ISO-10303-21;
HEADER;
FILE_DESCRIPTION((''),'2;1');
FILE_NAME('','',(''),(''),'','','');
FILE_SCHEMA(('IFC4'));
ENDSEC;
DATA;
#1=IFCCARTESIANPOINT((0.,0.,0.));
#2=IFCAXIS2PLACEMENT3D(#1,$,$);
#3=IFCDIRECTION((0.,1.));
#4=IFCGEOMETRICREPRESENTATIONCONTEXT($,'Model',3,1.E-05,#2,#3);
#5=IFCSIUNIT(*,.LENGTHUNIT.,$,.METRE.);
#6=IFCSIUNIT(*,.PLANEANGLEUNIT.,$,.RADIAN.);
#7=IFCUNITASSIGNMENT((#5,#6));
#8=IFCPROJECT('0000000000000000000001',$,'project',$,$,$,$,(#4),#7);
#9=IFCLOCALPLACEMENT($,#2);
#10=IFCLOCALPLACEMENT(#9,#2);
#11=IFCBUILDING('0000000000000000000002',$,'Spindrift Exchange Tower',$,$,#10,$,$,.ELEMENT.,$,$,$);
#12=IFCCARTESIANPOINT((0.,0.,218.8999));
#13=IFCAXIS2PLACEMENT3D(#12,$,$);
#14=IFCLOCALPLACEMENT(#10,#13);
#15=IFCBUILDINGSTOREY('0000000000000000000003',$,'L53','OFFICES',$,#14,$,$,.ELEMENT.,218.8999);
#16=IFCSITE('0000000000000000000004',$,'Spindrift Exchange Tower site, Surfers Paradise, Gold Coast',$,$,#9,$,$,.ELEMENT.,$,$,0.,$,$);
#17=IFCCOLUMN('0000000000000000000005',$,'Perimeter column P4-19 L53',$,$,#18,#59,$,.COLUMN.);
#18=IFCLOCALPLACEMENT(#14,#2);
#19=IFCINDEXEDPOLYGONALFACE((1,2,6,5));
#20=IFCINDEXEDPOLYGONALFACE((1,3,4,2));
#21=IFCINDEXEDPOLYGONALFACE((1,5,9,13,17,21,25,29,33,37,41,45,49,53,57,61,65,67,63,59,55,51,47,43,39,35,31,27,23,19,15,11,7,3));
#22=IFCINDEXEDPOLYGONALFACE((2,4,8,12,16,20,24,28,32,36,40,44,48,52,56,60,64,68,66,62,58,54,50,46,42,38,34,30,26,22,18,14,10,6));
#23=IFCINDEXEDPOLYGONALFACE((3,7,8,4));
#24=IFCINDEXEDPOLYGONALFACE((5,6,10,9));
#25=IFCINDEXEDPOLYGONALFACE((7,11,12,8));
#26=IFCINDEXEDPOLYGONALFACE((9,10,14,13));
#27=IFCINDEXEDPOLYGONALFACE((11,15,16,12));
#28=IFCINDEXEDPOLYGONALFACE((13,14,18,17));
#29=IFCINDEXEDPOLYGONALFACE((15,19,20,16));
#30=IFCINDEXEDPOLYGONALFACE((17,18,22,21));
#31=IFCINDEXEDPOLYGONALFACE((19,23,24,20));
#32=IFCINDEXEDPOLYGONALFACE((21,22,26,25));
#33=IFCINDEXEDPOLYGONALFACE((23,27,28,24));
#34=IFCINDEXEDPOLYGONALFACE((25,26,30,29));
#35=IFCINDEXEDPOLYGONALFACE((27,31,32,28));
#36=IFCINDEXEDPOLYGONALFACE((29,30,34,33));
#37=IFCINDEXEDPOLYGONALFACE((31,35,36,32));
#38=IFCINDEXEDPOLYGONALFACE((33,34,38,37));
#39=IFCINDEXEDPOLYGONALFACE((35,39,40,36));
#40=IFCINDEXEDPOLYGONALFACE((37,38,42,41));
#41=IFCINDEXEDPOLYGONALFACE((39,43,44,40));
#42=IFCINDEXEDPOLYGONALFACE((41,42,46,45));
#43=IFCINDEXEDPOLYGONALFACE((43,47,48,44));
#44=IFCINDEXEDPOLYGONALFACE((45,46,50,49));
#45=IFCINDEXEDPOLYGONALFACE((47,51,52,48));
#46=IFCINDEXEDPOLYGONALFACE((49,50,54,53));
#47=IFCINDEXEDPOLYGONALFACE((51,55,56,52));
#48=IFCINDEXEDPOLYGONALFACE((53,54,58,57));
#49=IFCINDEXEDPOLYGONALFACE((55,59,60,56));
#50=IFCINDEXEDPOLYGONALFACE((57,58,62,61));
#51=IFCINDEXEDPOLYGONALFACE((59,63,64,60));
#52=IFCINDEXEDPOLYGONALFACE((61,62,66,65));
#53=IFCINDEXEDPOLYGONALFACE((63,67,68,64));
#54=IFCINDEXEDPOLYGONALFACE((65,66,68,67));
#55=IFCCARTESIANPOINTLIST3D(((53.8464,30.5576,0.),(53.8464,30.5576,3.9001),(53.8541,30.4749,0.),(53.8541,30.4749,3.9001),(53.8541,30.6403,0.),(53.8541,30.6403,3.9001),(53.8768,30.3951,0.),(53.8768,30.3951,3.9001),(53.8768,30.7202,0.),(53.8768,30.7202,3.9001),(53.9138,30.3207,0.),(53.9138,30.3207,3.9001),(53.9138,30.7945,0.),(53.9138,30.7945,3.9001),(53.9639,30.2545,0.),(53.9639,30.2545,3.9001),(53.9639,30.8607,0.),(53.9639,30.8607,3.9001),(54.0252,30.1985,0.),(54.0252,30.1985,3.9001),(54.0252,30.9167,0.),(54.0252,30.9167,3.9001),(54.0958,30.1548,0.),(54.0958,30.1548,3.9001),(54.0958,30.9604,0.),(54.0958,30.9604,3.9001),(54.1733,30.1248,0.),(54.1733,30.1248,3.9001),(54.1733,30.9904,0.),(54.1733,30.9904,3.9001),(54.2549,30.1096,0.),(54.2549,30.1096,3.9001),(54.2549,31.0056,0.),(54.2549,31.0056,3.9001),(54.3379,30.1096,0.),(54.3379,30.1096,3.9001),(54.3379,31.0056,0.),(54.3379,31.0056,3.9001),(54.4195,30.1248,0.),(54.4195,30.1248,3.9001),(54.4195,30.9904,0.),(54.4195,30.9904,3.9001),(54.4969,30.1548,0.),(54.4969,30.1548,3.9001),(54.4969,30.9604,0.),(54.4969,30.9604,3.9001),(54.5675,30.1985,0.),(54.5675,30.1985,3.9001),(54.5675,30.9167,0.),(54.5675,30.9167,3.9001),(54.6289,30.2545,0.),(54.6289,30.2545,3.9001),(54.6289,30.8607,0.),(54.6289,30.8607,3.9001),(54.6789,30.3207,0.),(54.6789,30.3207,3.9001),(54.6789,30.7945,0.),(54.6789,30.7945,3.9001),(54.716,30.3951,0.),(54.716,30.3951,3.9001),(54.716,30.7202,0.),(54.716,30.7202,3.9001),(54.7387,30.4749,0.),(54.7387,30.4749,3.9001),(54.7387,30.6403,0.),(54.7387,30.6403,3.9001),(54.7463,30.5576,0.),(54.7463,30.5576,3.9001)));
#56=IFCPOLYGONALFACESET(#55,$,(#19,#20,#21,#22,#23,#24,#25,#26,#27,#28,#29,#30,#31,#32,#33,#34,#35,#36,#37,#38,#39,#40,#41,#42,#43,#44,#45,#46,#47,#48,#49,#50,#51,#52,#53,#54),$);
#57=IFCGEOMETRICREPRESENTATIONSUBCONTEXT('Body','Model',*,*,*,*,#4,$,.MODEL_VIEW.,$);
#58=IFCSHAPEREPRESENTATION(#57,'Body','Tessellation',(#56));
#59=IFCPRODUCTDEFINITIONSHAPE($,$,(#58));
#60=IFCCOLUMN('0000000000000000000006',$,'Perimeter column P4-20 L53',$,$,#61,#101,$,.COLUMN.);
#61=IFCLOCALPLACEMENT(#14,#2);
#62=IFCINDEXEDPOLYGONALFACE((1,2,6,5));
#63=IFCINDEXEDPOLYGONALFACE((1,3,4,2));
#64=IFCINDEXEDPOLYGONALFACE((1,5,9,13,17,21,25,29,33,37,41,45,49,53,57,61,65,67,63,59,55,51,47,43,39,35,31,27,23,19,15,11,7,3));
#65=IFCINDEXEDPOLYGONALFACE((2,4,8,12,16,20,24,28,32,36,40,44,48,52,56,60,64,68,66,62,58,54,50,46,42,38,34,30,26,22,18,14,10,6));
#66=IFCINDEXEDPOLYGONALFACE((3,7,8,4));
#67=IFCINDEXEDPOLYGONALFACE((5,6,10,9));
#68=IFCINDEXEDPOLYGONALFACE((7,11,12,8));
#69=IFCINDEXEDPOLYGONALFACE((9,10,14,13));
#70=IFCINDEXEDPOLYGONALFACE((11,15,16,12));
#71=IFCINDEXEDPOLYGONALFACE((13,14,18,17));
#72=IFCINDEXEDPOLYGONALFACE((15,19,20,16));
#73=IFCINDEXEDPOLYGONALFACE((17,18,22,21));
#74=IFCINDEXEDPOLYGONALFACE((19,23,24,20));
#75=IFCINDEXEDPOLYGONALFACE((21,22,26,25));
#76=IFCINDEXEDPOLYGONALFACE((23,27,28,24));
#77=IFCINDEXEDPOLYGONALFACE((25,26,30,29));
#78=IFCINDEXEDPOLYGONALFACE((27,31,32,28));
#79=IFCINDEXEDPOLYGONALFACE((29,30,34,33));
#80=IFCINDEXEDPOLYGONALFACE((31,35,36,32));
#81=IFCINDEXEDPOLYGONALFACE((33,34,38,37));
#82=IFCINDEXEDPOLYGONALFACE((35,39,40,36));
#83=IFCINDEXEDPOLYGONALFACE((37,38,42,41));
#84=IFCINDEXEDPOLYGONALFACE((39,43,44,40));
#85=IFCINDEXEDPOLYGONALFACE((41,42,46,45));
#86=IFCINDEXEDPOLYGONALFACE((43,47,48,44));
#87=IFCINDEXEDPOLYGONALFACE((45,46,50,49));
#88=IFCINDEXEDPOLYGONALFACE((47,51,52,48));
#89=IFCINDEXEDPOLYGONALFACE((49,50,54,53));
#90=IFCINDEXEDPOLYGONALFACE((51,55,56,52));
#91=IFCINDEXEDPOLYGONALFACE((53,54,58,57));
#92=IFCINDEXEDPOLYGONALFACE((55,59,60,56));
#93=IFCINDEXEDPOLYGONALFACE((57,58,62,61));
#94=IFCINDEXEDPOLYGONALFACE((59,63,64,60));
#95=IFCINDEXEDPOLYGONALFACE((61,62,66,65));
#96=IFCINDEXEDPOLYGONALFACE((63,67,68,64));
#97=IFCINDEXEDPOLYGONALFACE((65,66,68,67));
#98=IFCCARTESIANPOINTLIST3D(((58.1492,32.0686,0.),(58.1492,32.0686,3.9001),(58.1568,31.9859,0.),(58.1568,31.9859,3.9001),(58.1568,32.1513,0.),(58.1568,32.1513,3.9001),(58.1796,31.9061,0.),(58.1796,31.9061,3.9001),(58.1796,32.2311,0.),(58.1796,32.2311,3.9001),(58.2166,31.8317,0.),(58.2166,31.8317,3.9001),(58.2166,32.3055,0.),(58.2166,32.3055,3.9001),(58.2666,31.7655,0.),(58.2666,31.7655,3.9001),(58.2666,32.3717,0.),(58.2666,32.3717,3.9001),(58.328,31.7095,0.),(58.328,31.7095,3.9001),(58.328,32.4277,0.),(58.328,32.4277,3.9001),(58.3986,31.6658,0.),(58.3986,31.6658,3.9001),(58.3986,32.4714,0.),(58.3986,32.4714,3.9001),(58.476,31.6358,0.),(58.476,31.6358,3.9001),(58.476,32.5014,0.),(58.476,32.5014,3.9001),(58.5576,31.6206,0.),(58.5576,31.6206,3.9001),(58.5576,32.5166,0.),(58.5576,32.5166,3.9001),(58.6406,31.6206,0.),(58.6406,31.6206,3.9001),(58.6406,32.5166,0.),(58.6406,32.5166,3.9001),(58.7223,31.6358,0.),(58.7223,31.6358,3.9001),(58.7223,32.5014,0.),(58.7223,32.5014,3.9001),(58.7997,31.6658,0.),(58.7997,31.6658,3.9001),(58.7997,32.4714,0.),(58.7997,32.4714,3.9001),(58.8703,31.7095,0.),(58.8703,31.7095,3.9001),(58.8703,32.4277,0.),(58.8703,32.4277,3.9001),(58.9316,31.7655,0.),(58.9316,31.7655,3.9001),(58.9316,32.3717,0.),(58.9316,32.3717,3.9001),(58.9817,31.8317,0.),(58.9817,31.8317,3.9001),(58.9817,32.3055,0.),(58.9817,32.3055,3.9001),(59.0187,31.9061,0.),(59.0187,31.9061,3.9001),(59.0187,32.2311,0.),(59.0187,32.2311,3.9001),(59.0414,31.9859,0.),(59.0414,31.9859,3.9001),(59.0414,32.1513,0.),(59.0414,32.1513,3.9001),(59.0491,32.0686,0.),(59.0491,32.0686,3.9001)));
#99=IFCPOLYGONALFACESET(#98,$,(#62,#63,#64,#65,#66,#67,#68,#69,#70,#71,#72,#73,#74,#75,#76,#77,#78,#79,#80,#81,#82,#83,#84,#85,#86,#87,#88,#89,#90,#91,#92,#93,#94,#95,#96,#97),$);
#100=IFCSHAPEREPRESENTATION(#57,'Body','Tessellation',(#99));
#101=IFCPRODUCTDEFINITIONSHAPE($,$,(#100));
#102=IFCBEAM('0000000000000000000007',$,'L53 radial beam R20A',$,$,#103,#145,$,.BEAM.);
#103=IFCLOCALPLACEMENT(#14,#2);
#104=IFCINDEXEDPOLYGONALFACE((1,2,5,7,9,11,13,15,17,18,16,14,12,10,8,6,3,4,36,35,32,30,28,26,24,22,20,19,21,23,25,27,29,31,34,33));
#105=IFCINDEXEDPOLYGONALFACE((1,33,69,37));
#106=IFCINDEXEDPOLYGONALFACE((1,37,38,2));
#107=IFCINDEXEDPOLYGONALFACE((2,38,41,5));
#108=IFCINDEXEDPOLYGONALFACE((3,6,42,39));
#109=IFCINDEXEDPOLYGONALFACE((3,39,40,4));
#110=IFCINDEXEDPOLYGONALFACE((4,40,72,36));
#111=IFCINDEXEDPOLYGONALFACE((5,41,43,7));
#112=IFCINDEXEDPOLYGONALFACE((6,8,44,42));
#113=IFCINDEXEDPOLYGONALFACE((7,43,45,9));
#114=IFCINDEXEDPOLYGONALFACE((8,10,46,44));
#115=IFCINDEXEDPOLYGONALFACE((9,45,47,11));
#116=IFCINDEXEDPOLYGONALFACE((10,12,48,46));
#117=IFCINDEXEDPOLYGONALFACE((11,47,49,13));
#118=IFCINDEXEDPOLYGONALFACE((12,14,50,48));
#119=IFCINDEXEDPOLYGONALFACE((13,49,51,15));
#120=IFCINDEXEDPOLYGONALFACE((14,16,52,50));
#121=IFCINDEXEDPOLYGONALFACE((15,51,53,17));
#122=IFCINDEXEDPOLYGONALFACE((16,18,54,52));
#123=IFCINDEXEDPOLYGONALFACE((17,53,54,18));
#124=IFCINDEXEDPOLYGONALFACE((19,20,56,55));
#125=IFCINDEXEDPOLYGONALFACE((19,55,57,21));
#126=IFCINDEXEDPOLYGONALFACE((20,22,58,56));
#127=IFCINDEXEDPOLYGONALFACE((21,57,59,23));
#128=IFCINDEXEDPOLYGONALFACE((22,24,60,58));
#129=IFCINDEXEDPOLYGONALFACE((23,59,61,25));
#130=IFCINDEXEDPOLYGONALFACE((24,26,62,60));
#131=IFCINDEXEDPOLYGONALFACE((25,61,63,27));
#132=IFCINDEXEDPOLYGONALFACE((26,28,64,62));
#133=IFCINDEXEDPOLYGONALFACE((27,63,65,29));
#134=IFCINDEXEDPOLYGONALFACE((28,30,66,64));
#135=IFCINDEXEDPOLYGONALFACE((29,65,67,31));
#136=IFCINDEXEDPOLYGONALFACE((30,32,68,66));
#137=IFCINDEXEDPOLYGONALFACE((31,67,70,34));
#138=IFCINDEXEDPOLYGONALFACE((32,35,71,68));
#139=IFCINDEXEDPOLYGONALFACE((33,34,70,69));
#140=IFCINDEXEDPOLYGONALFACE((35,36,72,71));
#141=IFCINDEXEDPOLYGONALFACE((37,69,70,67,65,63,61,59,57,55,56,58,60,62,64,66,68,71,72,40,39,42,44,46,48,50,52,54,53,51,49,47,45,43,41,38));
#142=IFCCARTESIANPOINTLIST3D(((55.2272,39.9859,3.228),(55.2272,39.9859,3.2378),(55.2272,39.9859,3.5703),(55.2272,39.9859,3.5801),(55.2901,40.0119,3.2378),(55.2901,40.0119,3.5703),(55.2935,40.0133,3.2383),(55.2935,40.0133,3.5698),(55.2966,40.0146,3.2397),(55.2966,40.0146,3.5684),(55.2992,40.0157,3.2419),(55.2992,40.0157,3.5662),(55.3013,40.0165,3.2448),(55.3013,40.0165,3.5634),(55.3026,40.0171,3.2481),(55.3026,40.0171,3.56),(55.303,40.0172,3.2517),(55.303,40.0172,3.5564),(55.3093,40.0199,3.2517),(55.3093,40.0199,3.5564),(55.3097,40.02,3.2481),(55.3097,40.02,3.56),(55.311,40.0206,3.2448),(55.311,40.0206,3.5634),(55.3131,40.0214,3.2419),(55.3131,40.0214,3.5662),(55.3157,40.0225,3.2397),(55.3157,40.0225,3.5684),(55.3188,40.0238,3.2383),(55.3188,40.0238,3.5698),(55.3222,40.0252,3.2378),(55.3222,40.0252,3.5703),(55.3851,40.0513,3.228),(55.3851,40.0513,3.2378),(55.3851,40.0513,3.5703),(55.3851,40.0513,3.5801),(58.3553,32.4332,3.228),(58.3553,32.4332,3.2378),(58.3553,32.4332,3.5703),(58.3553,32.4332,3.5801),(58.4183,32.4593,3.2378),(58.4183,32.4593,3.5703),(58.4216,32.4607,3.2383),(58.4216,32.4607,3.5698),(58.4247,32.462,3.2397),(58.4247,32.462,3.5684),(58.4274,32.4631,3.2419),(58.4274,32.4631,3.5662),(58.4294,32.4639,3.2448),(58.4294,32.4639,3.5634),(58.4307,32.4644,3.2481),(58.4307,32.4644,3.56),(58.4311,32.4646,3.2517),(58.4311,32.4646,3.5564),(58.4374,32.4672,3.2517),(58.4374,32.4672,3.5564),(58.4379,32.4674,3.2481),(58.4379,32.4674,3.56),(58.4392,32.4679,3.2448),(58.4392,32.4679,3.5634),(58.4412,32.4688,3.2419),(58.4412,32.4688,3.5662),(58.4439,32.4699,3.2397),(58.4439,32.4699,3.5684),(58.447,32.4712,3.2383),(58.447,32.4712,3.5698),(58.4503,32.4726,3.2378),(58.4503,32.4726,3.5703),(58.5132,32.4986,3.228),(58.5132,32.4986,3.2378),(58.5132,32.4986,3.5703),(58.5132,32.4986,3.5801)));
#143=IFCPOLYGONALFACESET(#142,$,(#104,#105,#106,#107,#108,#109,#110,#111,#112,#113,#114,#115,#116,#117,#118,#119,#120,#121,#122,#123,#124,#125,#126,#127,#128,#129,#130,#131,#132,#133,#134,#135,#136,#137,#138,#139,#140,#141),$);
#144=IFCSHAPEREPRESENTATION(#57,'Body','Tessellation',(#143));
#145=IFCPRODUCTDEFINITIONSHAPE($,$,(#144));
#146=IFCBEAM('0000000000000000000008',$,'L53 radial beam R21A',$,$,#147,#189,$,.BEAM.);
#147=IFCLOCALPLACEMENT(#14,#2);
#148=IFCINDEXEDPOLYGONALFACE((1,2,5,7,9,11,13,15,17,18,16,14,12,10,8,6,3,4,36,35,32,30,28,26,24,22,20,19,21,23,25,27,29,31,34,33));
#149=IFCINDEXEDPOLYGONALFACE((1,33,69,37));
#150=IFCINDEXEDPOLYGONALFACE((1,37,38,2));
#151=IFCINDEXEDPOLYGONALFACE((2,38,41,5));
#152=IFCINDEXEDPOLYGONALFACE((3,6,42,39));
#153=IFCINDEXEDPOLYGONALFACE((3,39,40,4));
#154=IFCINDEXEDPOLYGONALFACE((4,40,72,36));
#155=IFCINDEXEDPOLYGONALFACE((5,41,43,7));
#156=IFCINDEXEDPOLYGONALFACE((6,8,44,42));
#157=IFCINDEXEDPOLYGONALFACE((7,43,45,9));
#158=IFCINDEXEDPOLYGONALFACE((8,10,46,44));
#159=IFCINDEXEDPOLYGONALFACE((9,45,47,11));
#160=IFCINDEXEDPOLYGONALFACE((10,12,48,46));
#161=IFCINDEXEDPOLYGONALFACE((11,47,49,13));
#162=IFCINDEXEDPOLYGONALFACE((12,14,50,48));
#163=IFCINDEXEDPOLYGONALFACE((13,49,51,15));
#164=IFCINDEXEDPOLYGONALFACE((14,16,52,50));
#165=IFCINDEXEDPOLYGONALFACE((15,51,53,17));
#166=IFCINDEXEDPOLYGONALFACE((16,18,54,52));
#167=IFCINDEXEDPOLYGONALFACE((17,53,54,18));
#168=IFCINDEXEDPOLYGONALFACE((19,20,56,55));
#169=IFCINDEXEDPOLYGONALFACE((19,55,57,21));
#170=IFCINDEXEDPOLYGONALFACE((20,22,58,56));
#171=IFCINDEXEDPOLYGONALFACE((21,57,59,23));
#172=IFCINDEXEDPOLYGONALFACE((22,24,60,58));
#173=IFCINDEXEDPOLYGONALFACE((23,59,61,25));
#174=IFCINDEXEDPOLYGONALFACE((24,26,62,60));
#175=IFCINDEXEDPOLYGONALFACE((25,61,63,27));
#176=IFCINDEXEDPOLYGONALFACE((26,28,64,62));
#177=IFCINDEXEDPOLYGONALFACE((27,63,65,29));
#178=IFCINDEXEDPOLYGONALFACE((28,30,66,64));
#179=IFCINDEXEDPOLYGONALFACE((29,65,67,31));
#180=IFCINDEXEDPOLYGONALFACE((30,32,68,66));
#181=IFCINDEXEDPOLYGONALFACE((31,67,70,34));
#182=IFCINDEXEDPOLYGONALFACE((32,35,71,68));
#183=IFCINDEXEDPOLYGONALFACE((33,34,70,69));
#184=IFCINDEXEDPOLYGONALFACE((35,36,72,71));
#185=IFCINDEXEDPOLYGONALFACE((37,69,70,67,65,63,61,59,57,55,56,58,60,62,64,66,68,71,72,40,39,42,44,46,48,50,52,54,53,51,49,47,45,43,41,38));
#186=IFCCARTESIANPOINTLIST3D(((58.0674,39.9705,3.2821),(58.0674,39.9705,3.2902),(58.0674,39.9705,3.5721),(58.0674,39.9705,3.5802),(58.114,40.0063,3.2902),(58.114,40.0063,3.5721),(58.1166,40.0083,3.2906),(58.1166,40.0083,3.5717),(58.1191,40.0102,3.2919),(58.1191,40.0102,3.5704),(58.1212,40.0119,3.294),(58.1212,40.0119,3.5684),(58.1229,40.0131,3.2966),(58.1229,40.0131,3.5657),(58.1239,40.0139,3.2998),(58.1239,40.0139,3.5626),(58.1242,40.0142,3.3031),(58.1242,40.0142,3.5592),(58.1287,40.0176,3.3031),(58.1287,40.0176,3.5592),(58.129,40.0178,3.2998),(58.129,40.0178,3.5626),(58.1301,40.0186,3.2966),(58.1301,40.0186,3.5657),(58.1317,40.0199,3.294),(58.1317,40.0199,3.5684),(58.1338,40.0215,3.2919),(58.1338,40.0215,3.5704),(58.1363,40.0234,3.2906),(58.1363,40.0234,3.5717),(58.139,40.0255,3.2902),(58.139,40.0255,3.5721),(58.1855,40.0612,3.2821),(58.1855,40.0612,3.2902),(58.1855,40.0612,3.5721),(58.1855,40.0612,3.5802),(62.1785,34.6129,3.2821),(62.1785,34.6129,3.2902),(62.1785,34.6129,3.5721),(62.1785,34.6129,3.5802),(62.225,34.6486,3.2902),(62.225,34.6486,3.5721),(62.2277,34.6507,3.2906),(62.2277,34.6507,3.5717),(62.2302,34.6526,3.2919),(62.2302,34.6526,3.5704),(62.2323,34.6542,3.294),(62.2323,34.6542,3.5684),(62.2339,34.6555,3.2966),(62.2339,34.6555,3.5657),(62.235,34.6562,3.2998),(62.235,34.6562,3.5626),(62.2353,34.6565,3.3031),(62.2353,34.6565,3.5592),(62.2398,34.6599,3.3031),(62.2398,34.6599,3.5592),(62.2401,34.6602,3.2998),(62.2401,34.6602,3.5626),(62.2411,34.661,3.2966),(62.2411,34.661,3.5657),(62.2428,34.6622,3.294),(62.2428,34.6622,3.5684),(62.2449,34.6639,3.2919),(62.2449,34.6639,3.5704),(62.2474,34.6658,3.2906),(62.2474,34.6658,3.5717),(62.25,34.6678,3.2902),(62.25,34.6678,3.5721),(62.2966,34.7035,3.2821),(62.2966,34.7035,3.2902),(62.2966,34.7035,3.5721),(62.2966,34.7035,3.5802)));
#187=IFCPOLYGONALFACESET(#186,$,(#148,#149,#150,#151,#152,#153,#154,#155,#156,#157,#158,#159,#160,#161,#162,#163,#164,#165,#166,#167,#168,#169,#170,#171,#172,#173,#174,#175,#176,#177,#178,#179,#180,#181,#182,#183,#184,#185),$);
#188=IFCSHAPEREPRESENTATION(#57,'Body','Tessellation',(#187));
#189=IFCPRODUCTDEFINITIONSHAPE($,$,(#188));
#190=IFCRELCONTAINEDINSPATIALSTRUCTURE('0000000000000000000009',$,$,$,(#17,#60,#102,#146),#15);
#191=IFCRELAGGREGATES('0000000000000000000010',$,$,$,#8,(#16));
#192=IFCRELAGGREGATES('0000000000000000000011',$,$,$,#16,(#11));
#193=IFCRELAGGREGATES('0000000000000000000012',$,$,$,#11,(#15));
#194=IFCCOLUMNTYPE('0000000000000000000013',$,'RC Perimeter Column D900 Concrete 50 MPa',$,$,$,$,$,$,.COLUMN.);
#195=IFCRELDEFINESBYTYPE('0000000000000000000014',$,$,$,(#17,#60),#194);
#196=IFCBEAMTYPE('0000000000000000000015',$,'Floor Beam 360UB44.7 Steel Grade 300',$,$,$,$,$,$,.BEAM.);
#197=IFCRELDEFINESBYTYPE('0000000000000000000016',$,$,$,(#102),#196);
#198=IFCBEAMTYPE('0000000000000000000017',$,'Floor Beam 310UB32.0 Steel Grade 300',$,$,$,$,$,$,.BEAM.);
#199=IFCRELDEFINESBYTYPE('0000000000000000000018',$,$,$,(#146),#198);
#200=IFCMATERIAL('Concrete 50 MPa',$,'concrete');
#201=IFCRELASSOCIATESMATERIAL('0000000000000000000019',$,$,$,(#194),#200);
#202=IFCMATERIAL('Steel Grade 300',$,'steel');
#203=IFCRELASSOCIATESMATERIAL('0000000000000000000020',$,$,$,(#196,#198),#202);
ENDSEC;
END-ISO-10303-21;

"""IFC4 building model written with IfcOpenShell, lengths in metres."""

from ifc_helpers import new_model, si_unit, direction, frame, origin, origin_2d, place, context, subcontext, project, spatial, circle, i_section, extrude, source, transform, mapped, material, material_profile, profile_set, type_object, element, save


model = new_model("IFC4")

# Units and contexts
model_context = context("Model", 3, precision=1e-05, world=origin(), true_north=direction((0.0, 1.0)))
body_context = subcontext(model_context, "Body", "Model", "MODEL_VIEW")
ifc_project = project(units=[si_unit("LENGTHUNIT", "METRE"), si_unit("PLANEANGLEUNIT", "RADIAN")], contexts=[model_context])

# Site, building, storey
site_placement = place(None, origin())
site = spatial("IfcSite", under=ifc_project, at=site_placement, Name="Spindrift Exchange Tower site, Surfers Paradise, Gold Coast", CompositionType="ELEMENT", RefElevation=0.0)
building_placement = place(site_placement, origin())
building = spatial("IfcBuilding", under=site, at=building_placement, Name="Spindrift Exchange Tower", CompositionType="ELEMENT")
storey_placement = place(building_placement, frame((0.0, 0.0, 218.8999)))
storey = spatial("IfcBuildingStorey", under=building, at=storey_placement, Name="L53", Description="OFFICES", CompositionType="ELEMENT", Elevation=218.8999)

# Columns
ifc_material_1 = material(Name="Concrete 50 MPa", Category="concrete")
ifc_material_profile_1 = material_profile(ifc_material_1, circle(Radius=0.45, at=origin_2d()), Name="RC D900")
ifc_profile_set_1 = profile_set([ifc_material_profile_1], Name="Concrete 50 MPa")
column_type = type_object("IfcColumnType", Name="RC Perimeter Column D900 Concrete 50 MPa", PredefinedType="COLUMN", material=ifc_profile_set_1)
shared_shape_1 = source(origin(), body_context, "Body", "SweptSolid", [
    extrude(circle(Radius=0.45, at=origin_2d()), origin(), (0.0, 0.0, 1.0), 3.9001),
])
for number, where, z_axis, x_axis, name in (
    (1, (54.2964, 30.5576, 0.0), (0.0, 0.0, 1.0), (1.0, 0.0, 0.0), "Perimeter column P4-19 L53"),
    (2, (58.5991, 32.0686, 0.0), (0.0, 0.0, 1.0), (1.0, 0.0, 0.0), "Perimeter column P4-20 L53"),
):
    element("IfcColumn", number, at=place(storey_placement, frame(where, z_axis=z_axis, x_axis=x_axis)), inside=storey, type_object=column_type, Name=name, PredefinedType="COLUMN", context=body_context, shape_type="MappedRepresentation", body=[
        mapped(shared_shape_1, transform((0.0, 0.0, 0.0), scale=1.0)),
    ])

# Beams
ifc_material_2 = material(Name="Steel Grade 300", Category="steel")
ifc_material_profile_2 = material_profile(ifc_material_2, i_section(OverallWidth=0.1709, OverallDepth=0.3521, WebThickness=0.0068, FlangeThickness=0.0098, FilletRadius=0.0139, at=origin_2d()), Name="360UB44.7")
ifc_profile_set_2 = profile_set([ifc_material_profile_2], Name="Steel Grade 300")
beam_type_1 = type_object("IfcBeamType", Name="Floor Beam 360UB44.7 Steel Grade 300", PredefinedType="BEAM", material=ifc_profile_set_2)
shared_shape_2 = source(origin(), body_context, "Body", "SweptSolid", [
    extrude(i_section(OverallWidth=0.1709, OverallDepth=0.3521, WebThickness=0.0068, FlangeThickness=0.0098, FilletRadius=0.0139, at=origin_2d()), origin(), (0.0, 0.0, 1.0), 8.1748),
])
beam_1_placement = place(storey_placement, frame((55.3062, 40.0186, 3.4041), z_axis=(0.382655, -0.923891, 0.0), x_axis=(0.923891, 0.382655, 0.0)))
element("IfcBeam", 3, at=beam_1_placement, inside=storey, type_object=beam_type_1, Name="L53 radial beam R20A", PredefinedType="BEAM", context=body_context, shape_type="MappedRepresentation", body=[
    mapped(shared_shape_2, transform((0.0, 0.0, 0.0), scale=1.0)),
])
ifc_material_profile_3 = material_profile(ifc_material_2, i_section(OverallWidth=0.1489, OverallDepth=0.2981, WebThickness=0.0056, FlangeThickness=0.0081, FilletRadius=0.0129, at=origin_2d()), Name="310UB32.0")
ifc_profile_set_3 = profile_set([ifc_material_profile_3], Name="Steel Grade 300")
beam_type_2 = type_object("IfcBeamType", Name="Floor Beam 310UB32.0 Steel Grade 300", PredefinedType="BEAM", material=ifc_profile_set_3)
shared_shape_3 = source(origin(), body_context, "Body", "SweptSolid", [
    extrude(i_section(OverallWidth=0.1489, OverallDepth=0.2981, WebThickness=0.0056, FlangeThickness=0.0081, FilletRadius=0.0129, at=origin_2d()), origin(), (0.0, 0.0, 1.0), 6.7532),
])
beam_2_placement = place(storey_placement, frame((58.1265, 40.0159, 3.4312), z_axis=(0.608762, -0.793353, 0.0), x_axis=(0.793353, 0.608762, 0.0)))
element("IfcBeam", 4, at=beam_2_placement, inside=storey, type_object=beam_type_2, Name="L53 radial beam R21A", PredefinedType="BEAM", context=body_context, shape_type="MappedRepresentation", body=[
    mapped(shared_shape_3, transform((0.0, 0.0, 0.0), scale=1.0)),
])

save(model, "model.ifc")
